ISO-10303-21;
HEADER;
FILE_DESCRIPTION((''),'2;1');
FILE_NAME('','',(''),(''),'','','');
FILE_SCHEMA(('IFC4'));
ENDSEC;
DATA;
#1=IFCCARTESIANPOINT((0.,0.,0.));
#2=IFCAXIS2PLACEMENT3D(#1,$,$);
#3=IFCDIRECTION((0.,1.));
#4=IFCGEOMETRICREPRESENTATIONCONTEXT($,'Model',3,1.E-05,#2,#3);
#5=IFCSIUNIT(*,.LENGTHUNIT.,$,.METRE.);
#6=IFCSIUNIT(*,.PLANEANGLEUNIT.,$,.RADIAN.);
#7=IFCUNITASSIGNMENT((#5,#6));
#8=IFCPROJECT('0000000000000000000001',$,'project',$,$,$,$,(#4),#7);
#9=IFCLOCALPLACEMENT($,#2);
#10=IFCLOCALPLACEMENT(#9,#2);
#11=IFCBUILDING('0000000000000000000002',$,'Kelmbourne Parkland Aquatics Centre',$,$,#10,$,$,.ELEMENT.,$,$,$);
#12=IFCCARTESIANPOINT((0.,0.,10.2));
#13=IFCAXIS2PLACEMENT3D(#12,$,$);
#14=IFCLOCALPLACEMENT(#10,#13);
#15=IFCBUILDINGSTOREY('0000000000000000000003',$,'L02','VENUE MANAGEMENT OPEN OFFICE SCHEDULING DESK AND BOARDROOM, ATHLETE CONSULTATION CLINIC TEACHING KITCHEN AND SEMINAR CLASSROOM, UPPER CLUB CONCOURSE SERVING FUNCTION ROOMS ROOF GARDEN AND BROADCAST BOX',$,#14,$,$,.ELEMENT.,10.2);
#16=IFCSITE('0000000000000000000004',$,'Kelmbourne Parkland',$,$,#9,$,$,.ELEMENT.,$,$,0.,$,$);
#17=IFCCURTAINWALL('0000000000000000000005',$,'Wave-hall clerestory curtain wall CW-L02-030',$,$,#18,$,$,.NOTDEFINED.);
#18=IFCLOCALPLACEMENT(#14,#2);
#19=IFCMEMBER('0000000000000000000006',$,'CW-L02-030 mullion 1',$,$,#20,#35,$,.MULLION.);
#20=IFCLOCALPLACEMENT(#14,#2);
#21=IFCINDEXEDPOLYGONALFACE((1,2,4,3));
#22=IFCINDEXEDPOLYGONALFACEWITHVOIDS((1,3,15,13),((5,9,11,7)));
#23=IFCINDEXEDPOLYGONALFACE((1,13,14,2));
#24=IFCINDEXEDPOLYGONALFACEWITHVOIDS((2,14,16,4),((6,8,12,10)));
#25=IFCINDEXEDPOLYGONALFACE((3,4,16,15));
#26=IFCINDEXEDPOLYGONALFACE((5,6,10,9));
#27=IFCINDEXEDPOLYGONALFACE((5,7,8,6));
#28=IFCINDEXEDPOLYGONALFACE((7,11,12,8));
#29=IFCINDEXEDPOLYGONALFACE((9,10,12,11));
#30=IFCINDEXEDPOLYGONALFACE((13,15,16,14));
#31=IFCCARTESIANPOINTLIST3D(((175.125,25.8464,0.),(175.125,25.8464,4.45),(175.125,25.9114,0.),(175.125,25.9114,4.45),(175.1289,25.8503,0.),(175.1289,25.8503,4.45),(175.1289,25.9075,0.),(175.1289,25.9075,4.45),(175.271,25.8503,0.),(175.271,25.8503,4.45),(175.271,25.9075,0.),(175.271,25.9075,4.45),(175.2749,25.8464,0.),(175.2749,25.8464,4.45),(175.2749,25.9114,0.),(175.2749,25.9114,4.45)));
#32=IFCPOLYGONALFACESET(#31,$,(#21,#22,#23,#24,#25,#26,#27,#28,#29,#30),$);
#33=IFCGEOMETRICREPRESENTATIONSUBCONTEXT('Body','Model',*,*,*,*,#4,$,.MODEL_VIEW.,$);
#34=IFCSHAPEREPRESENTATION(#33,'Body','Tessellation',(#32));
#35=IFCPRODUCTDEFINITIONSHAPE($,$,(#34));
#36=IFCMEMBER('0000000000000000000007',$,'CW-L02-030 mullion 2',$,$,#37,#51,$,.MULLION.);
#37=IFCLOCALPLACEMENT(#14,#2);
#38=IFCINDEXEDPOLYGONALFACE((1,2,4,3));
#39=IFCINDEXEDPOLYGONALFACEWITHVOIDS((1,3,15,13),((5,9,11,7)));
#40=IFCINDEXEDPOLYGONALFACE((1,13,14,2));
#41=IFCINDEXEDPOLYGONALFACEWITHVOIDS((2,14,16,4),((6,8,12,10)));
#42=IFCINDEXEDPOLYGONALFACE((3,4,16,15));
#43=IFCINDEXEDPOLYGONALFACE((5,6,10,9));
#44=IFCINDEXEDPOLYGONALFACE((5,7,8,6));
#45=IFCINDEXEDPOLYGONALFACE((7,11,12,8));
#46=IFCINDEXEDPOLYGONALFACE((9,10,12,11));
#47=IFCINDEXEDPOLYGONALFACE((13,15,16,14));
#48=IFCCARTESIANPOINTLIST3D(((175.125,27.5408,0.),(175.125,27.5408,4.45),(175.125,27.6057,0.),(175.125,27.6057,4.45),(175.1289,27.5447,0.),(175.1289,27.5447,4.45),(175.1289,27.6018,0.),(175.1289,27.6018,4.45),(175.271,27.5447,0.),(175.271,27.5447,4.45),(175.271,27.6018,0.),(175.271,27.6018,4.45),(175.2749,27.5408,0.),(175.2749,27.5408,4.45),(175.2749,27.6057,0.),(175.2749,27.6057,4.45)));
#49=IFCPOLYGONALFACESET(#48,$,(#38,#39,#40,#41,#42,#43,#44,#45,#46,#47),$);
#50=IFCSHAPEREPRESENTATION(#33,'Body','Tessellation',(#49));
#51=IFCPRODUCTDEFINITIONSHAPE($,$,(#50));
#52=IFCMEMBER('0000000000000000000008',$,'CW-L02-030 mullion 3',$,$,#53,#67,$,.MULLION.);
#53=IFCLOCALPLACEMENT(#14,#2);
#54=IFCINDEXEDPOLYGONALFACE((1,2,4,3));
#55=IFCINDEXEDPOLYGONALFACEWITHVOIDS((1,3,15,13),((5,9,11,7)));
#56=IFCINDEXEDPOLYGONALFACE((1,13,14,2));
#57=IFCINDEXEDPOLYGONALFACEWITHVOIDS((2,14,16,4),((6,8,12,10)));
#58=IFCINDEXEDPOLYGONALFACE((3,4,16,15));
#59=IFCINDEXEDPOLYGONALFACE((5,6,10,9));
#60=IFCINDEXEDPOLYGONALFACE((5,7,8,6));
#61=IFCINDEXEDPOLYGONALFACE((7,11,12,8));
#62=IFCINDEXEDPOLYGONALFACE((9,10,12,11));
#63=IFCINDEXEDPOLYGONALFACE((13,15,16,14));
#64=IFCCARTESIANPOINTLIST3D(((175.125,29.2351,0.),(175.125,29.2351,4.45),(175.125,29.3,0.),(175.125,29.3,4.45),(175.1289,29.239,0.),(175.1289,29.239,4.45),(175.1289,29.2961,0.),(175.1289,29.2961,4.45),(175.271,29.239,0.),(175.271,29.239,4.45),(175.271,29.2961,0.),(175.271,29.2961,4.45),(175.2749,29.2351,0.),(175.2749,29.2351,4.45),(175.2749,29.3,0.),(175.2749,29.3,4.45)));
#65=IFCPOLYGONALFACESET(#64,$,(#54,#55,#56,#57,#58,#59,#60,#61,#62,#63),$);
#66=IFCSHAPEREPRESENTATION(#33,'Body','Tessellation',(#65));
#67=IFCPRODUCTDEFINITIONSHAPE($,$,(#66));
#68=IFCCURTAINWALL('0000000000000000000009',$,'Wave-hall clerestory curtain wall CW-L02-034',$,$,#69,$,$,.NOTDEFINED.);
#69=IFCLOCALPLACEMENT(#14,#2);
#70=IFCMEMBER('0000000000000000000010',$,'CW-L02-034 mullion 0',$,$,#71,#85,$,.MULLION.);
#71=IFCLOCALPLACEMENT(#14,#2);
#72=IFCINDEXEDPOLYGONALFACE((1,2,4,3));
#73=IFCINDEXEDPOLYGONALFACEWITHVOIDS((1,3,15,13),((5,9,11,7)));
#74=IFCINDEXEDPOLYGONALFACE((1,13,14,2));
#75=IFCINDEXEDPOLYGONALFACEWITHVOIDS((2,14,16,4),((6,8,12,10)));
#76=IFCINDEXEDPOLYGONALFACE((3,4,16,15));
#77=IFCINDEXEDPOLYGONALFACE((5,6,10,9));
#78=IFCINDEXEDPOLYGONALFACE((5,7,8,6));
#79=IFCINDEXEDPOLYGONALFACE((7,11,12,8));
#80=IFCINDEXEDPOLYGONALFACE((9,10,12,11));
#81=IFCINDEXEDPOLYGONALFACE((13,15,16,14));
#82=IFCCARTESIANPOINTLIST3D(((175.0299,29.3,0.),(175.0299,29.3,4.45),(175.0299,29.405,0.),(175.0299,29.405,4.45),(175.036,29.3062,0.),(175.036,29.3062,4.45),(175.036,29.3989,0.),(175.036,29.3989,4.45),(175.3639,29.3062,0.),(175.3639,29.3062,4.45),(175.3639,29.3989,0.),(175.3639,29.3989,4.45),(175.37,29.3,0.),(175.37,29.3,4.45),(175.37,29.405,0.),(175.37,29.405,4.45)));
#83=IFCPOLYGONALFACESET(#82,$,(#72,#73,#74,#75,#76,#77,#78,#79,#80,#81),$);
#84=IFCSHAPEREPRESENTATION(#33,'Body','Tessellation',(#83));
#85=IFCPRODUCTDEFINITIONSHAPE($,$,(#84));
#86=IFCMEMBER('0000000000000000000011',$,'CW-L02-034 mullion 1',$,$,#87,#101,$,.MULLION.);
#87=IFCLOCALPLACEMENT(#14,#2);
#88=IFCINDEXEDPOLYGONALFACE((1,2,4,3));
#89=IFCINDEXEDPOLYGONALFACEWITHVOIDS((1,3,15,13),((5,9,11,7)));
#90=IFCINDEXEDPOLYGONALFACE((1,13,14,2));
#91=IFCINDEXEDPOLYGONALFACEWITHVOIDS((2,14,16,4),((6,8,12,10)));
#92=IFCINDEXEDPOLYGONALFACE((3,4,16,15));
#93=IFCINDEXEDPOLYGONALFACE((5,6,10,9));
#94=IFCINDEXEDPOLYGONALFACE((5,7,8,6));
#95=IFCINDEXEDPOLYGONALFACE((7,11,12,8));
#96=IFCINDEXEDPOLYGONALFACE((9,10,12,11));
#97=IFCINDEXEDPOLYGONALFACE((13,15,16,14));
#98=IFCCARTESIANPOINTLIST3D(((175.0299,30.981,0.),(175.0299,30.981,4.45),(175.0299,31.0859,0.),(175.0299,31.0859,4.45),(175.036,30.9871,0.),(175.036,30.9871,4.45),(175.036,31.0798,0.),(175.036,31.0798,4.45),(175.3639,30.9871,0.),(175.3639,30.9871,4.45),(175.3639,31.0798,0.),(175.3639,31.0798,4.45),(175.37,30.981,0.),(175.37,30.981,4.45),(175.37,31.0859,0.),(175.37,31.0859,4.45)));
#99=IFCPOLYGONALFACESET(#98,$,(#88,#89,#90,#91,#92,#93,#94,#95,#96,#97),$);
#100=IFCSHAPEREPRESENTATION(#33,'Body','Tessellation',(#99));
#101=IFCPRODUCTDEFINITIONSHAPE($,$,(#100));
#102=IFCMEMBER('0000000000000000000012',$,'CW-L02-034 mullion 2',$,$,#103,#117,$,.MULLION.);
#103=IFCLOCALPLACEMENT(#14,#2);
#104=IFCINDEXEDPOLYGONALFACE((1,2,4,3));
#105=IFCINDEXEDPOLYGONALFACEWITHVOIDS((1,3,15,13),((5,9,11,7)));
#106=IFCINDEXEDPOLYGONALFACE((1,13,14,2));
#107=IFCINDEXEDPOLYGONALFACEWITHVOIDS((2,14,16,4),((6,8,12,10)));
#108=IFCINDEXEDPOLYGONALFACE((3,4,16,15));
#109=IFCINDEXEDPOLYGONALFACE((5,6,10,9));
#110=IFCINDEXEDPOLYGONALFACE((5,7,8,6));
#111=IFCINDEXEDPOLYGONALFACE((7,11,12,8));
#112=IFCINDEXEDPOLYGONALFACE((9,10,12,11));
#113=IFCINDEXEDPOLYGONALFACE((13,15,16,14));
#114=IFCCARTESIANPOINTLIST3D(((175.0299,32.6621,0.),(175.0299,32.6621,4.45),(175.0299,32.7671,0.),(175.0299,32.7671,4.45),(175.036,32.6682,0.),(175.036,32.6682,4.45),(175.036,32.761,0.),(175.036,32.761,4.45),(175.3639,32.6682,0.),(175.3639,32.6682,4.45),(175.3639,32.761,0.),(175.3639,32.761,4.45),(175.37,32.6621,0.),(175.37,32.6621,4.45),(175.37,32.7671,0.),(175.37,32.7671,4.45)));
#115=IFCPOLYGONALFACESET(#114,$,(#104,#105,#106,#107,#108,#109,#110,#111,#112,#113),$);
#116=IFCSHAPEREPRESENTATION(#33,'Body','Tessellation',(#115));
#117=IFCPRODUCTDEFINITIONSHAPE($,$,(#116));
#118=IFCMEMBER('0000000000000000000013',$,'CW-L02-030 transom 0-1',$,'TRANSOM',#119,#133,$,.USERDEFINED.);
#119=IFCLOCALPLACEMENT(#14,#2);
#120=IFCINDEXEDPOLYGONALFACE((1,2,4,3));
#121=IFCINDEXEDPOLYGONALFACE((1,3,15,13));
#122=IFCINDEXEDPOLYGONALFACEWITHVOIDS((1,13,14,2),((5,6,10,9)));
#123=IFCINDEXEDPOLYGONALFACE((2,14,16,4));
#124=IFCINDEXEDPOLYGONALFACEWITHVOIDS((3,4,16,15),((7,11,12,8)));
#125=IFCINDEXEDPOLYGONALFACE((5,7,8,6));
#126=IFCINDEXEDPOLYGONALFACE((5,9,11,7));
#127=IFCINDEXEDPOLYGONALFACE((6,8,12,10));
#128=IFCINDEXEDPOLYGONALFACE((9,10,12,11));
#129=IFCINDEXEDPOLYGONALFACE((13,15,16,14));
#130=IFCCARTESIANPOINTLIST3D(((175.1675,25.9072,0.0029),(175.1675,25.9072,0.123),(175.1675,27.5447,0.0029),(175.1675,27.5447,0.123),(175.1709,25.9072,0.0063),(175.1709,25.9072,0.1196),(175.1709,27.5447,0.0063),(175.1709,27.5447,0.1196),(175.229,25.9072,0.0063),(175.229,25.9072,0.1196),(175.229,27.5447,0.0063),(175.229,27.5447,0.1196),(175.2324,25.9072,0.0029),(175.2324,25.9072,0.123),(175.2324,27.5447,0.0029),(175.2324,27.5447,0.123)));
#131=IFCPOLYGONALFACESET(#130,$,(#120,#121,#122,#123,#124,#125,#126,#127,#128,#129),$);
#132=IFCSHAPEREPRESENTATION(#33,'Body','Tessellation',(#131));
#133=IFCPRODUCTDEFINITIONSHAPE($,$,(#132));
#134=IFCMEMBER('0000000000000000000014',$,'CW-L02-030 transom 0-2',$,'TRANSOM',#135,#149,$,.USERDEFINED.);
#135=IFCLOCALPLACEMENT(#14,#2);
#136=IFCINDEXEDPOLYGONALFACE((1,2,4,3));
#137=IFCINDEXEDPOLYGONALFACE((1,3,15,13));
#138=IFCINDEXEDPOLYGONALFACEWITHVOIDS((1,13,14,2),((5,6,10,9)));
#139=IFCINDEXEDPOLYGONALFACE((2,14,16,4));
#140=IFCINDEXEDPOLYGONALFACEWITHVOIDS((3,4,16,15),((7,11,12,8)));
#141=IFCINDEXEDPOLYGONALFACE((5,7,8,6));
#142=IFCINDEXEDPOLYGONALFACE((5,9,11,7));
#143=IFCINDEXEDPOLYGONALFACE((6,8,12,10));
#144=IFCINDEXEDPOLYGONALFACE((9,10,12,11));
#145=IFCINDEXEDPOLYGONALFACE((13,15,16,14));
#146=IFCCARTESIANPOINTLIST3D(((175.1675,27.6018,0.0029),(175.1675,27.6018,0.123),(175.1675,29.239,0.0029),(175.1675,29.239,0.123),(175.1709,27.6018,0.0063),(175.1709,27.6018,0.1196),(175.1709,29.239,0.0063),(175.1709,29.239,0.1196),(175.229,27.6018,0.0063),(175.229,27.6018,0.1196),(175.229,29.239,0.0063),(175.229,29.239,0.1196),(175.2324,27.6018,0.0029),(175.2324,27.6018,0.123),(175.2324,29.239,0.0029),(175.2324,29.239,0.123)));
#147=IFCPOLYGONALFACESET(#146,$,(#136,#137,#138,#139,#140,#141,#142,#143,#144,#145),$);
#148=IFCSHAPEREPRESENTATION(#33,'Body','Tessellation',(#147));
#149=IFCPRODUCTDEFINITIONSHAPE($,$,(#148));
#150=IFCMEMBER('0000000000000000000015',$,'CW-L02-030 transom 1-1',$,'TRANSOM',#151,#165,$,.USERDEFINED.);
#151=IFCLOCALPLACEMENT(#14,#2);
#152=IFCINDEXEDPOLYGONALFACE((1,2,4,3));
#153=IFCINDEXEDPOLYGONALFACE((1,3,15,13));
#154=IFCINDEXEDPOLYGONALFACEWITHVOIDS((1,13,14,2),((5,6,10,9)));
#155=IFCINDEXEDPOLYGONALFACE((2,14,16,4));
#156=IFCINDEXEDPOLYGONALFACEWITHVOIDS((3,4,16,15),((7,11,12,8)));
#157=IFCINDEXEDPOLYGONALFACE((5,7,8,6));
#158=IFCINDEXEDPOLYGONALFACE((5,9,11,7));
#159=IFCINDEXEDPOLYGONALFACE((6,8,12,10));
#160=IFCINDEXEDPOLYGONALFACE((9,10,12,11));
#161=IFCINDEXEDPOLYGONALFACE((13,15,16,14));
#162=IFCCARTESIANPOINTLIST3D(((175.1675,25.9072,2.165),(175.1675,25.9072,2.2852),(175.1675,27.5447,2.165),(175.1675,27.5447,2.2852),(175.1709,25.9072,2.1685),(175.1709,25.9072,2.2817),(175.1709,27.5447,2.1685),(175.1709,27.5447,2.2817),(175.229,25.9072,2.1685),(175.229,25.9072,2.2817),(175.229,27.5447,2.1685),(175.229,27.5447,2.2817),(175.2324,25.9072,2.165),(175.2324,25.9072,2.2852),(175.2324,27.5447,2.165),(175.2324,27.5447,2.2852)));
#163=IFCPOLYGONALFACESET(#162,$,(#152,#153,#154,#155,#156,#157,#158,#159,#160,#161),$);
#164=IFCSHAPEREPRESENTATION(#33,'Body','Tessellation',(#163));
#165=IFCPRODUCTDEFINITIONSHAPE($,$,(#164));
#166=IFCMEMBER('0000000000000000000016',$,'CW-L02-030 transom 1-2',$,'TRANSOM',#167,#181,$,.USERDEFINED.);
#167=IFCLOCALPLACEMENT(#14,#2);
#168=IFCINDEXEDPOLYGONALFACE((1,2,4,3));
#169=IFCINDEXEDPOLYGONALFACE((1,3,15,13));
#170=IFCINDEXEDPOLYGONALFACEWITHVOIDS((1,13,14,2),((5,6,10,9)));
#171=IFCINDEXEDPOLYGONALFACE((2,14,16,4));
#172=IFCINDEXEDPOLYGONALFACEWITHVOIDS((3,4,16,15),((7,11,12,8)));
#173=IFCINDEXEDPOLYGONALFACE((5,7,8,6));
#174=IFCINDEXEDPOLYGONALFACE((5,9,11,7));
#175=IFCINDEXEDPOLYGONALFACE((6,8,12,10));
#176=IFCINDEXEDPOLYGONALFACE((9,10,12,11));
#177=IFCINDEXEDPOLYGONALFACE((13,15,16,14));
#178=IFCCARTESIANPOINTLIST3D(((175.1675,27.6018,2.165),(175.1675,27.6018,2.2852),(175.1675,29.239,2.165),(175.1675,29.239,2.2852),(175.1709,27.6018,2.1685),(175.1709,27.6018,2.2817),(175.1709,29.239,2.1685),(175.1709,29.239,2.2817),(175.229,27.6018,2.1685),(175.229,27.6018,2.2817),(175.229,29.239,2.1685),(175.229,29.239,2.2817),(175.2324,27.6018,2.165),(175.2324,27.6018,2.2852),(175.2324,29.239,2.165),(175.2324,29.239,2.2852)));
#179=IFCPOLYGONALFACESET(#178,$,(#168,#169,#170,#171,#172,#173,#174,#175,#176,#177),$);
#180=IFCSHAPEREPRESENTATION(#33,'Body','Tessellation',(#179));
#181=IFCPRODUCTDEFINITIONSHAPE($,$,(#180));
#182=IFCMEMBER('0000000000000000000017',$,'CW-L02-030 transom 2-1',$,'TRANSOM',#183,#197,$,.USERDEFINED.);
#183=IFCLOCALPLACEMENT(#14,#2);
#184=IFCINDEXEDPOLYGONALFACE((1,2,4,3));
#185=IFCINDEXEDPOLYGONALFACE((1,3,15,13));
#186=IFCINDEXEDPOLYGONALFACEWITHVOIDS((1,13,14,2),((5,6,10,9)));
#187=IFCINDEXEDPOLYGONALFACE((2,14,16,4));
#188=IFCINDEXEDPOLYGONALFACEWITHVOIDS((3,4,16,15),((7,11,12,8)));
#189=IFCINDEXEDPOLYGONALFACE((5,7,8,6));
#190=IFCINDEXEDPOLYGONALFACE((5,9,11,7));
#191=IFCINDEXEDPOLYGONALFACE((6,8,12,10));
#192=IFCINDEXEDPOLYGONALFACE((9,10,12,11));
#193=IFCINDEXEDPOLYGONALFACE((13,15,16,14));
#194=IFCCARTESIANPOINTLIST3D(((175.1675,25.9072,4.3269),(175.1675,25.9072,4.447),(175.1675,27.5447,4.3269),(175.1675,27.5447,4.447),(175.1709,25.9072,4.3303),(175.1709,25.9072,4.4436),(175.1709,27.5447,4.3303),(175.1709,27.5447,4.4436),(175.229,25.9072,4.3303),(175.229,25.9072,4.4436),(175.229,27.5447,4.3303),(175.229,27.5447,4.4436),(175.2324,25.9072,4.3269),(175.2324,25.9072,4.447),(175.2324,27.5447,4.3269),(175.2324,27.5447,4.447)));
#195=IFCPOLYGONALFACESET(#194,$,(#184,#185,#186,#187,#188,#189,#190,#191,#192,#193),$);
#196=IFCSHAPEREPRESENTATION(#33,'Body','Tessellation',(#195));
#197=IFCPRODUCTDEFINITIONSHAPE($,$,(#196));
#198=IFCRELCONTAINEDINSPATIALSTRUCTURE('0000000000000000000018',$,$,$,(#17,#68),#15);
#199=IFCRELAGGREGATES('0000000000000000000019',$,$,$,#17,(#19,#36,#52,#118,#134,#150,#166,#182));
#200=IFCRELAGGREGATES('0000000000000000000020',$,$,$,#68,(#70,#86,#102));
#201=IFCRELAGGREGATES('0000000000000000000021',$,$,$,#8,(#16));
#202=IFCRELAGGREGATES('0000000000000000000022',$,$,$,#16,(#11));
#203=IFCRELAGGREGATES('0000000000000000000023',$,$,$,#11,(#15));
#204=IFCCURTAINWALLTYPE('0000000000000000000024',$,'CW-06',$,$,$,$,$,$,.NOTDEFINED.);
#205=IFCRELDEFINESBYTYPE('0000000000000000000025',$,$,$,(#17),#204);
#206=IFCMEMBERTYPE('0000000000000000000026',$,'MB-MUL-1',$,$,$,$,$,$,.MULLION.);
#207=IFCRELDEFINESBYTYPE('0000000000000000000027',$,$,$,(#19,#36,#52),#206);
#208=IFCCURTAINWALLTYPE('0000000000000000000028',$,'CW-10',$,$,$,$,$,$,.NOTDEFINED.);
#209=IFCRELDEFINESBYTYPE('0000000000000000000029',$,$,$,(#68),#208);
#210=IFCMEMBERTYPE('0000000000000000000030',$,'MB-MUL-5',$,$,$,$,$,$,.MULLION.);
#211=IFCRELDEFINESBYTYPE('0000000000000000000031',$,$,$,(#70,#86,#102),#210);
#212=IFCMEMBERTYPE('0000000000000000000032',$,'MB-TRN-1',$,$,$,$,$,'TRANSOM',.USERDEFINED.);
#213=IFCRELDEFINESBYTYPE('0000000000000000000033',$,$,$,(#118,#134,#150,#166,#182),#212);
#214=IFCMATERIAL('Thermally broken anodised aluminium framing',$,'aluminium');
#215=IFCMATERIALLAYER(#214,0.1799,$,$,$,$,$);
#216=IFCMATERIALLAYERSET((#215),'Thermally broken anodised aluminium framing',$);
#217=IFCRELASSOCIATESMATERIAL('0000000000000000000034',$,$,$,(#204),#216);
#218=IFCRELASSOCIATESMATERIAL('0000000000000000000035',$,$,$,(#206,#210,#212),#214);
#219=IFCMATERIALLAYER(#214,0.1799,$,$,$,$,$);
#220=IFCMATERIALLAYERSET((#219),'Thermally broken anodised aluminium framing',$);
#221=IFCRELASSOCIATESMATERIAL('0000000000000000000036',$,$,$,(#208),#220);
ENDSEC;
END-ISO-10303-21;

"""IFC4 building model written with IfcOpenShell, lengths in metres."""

from ifc_helpers import new_model, si_unit, direction, frame, origin, origin_2d, place, context, subcontext, project, spatial, hollow_rectangle, extrude, material, layer, layer_set, material_profile, profile_set, type_object, element, aggregate, save


model = new_model("IFC4")

# Units and contexts
model_context = context("Model", 3, precision=1e-05, world=origin(), true_north=direction((0.0, 1.0)))
body_context = subcontext(model_context, "Body", "Model", "MODEL_VIEW")
ifc_project = project(units=[si_unit("LENGTHUNIT", "METRE"), si_unit("PLANEANGLEUNIT", "RADIAN")], contexts=[model_context])

# Site, building, storey
site_placement = place(None, origin())
site = spatial("IfcSite", under=ifc_project, at=site_placement, Name="Kelmbourne Parkland", CompositionType="ELEMENT", RefElevation=0.0)
building_placement = place(site_placement, origin())
building = spatial("IfcBuilding", under=site, at=building_placement, Name="Kelmbourne Parkland Aquatics Centre", CompositionType="ELEMENT")
storey_placement = place(building_placement, frame((0.0, 0.0, 10.2)))
storey = spatial("IfcBuildingStorey", under=building, at=storey_placement, Name="L02", Description="VENUE MANAGEMENT OPEN OFFICE SCHEDULING DESK AND BOARDROOM, ATHLETE CONSULTATION CLINIC TEACHING KITCHEN AND SEMINAR CLASSROOM, UPPER CLUB CONCOURSE SERVING FUNCTION ROOMS ROOF GARDEN AND BROADCAST BOX", CompositionType="ELEMENT", Elevation=10.2)

# Curtain walls, members
ifc_material_1 = material(Name="Thermally broken anodised aluminium framing", Category="aluminium")
ifc_layer_1 = layer(ifc_material_1, 0.1799)
ifc_layer_set_1 = layer_set([ifc_layer_1], Name="Thermally broken anodised aluminium framing")
curtain_wall_type_1 = type_object("IfcCurtainWallType", Name="CW-06", PredefinedType="NOTDEFINED", material=ifc_layer_set_1)
curtain_wall_1_placement = place(storey_placement, origin())
curtain_wall_1 = element("IfcCurtainWall", 1, at=curtain_wall_1_placement, inside=storey, type_object=curtain_wall_type_1, Name="Wave-hall clerestory curtain wall CW-L02-030", PredefinedType="NOTDEFINED")
ifc_material_profile_1 = material_profile(ifc_material_1, hollow_rectangle(XDim=0.0649, YDim=0.1499, WallThickness=0.0039, at=origin_2d()), Name="CW-M 65x150")
ifc_profile_set_1 = profile_set([ifc_material_profile_1], Name="Thermally broken anodised aluminium framing")
member_type_1 = type_object("IfcMemberType", Name="MB-MUL-1", PredefinedType="MULLION", material=ifc_profile_set_1)
member_1_placement = place(storey_placement, frame((175.2, 25.8789, 0.0), z_axis=(0.0, 0.0, 1.0), x_axis=(0.0, 1.0, 0.0)))
member_1 = element("IfcMember", 2, at=member_1_placement, type_object=member_type_1, Name="CW-L02-030 mullion 1", PredefinedType="MULLION", context=body_context, shape_type="SweptSolid", body=[
    extrude(hollow_rectangle(XDim=0.0649, YDim=0.1499, WallThickness=0.0039, at=origin_2d()), origin(), (0.0, 0.0, 1.0), 4.45),
])
member_2_placement = place(storey_placement, frame((175.2, 27.5732, 0.0), z_axis=(0.0, 0.0, 1.0), x_axis=(0.0, 1.0, 0.0)))
member_2 = element("IfcMember", 3, at=member_2_placement, type_object=member_type_1, Name="CW-L02-030 mullion 2", PredefinedType="MULLION", context=body_context, shape_type="SweptSolid", body=[
    extrude(hollow_rectangle(XDim=0.0649, YDim=0.1499, WallThickness=0.0039, at=origin_2d()), origin(), (0.0, 0.0, 1.0), 4.45),
])
member_3_placement = place(storey_placement, frame((175.2, 29.2676, 0.0), z_axis=(0.0, 0.0, 1.0), x_axis=(0.0, 1.0, 0.0)))
member_3 = element("IfcMember", 4, at=member_3_placement, type_object=member_type_1, Name="CW-L02-030 mullion 3", PredefinedType="MULLION", context=body_context, shape_type="SweptSolid", body=[
    extrude(hollow_rectangle(XDim=0.0649, YDim=0.1499, WallThickness=0.0039, at=origin_2d()), origin(), (0.0, 0.0, 1.0), 4.45),
])
ifc_layer_2 = layer(ifc_material_1, 0.1799)
ifc_layer_set_2 = layer_set([ifc_layer_2], Name="Thermally broken anodised aluminium framing")
curtain_wall_type_2 = type_object("IfcCurtainWallType", Name="CW-10", PredefinedType="NOTDEFINED", material=ifc_layer_set_2)
curtain_wall_2_placement = place(storey_placement, origin())
curtain_wall_2 = element("IfcCurtainWall", 5, at=curtain_wall_2_placement, inside=storey, type_object=curtain_wall_type_2, Name="Wave-hall clerestory curtain wall CW-L02-034", PredefinedType="NOTDEFINED")
ifc_material_profile_2 = material_profile(ifc_material_1, hollow_rectangle(XDim=0.105, YDim=0.3401, WallThickness=0.0061, at=origin_2d()), Name="CW-M 105x340")
ifc_profile_set_2 = profile_set([ifc_material_profile_2], Name="Thermally broken anodised aluminium framing")
member_type_2 = type_object("IfcMemberType", Name="MB-MUL-5", PredefinedType="MULLION", material=ifc_profile_set_2)
member_4_placement = place(storey_placement, frame((175.2, 29.3525, 0.0), z_axis=(0.0, 0.0, 1.0), x_axis=(0.0, 1.0, 0.0)))
member_4 = element("IfcMember", 6, at=member_4_placement, type_object=member_type_2, Name="CW-L02-034 mullion 0", PredefinedType="MULLION", context=body_context, shape_type="SweptSolid", body=[
    extrude(hollow_rectangle(XDim=0.105, YDim=0.3401, WallThickness=0.0061, at=origin_2d()), origin(), (0.0, 0.0, 1.0), 4.45),
])
member_5_placement = place(storey_placement, frame((175.2, 31.0334, 0.0), z_axis=(0.0, 0.0, 1.0), x_axis=(0.0, 1.0, 0.0)))
member_5 = element("IfcMember", 7, at=member_5_placement, type_object=member_type_2, Name="CW-L02-034 mullion 1", PredefinedType="MULLION", context=body_context, shape_type="SweptSolid", body=[
    extrude(hollow_rectangle(XDim=0.105, YDim=0.3401, WallThickness=0.0061, at=origin_2d()), origin(), (0.0, 0.0, 1.0), 4.45),
])
member_6_placement = place(storey_placement, frame((175.2, 32.7146, 0.0), z_axis=(0.0, 0.0, 1.0), x_axis=(0.0, 1.0, 0.0)))
member_6 = element("IfcMember", 8, at=member_6_placement, type_object=member_type_2, Name="CW-L02-034 mullion 2", PredefinedType="MULLION", context=body_context, shape_type="SweptSolid", body=[
    extrude(hollow_rectangle(XDim=0.105, YDim=0.3401, WallThickness=0.0061, at=origin_2d()), origin(), (0.0, 0.0, 1.0), 4.45),
])

# Members
ifc_material_profile_3 = material_profile(ifc_material_1, hollow_rectangle(XDim=0.0649, YDim=0.1201, WallThickness=0.0034, at=origin_2d()), Name="CW-T 65x120")
ifc_profile_set_3 = profile_set([ifc_material_profile_3], Name="Thermally broken anodised aluminium framing")
member_type_3 = type_object("IfcMemberType", Name="MB-TRN-1", ElementType="TRANSOM", PredefinedType="USERDEFINED", material=ifc_profile_set_3)
member_7_placement = place(storey_placement, frame((175.2, 25.9072, 0.063), z_axis=(0.0, 1.0, 0.0), x_axis=(-1.0, 0.0, 0.0)))
member_7 = element("IfcMember", 9, at=member_7_placement, type_object=member_type_3, Name="CW-L02-030 transom 0-1", ObjectType="TRANSOM", PredefinedType="USERDEFINED", context=body_context, shape_type="SweptSolid", body=[
    extrude(hollow_rectangle(XDim=0.0649, YDim=0.1201, WallThickness=0.0034, at=origin_2d()), origin(), (0.0, 0.0, 1.0), 1.6375),
])
member_8_placement = place(storey_placement, frame((175.2, 27.6018, 0.063), z_axis=(0.0, 1.0, 0.0), x_axis=(-1.0, 0.0, 0.0)))
member_8 = element("IfcMember", 10, at=member_8_placement, type_object=member_type_3, Name="CW-L02-030 transom 0-2", ObjectType="TRANSOM", PredefinedType="USERDEFINED", context=body_context, shape_type="SweptSolid", body=[
    extrude(hollow_rectangle(XDim=0.0649, YDim=0.1201, WallThickness=0.0034, at=origin_2d()), origin(), (0.0, 0.0, 1.0), 1.6372),
])
member_9_placement = place(storey_placement, frame((175.2, 25.9072, 2.2251), z_axis=(0.0, 1.0, 0.0), x_axis=(-1.0, 0.0, 0.0)))
member_9 = element("IfcMember", 11, at=member_9_placement, type_object=member_type_3, Name="CW-L02-030 transom 1-1", ObjectType="TRANSOM", PredefinedType="USERDEFINED", context=body_context, shape_type="SweptSolid", body=[
    extrude(hollow_rectangle(XDim=0.0649, YDim=0.1201, WallThickness=0.0034, at=origin_2d()), origin(), (0.0, 0.0, 1.0), 1.6375),
])
member_10_placement = place(storey_placement, frame((175.2, 27.6018, 2.2251), z_axis=(0.0, 1.0, 0.0), x_axis=(-1.0, 0.0, 0.0)))
member_10 = element("IfcMember", 12, at=member_10_placement, type_object=member_type_3, Name="CW-L02-030 transom 1-2", ObjectType="TRANSOM", PredefinedType="USERDEFINED", context=body_context, shape_type="SweptSolid", body=[
    extrude(hollow_rectangle(XDim=0.0649, YDim=0.1201, WallThickness=0.0034, at=origin_2d()), origin(), (0.0, 0.0, 1.0), 1.6372),
])
member_11_placement = place(storey_placement, frame((175.2, 25.9072, 4.387), z_axis=(0.0, 1.0, 0.0), x_axis=(-1.0, 0.0, 0.0)))
member_11 = element("IfcMember", 13, at=member_11_placement, type_object=member_type_3, Name="CW-L02-030 transom 2-1", ObjectType="TRANSOM", PredefinedType="USERDEFINED", context=body_context, shape_type="SweptSolid", body=[
    extrude(hollow_rectangle(XDim=0.0649, YDim=0.1201, WallThickness=0.0034, at=origin_2d()), origin(), (0.0, 0.0, 1.0), 1.6375),
])

aggregate(curtain_wall_1, [member_1, member_2, member_3, member_7, member_8, member_9, member_10, member_11])
aggregate(curtain_wall_2, [member_4, member_5, member_6])

save(model, "model.ifc")
